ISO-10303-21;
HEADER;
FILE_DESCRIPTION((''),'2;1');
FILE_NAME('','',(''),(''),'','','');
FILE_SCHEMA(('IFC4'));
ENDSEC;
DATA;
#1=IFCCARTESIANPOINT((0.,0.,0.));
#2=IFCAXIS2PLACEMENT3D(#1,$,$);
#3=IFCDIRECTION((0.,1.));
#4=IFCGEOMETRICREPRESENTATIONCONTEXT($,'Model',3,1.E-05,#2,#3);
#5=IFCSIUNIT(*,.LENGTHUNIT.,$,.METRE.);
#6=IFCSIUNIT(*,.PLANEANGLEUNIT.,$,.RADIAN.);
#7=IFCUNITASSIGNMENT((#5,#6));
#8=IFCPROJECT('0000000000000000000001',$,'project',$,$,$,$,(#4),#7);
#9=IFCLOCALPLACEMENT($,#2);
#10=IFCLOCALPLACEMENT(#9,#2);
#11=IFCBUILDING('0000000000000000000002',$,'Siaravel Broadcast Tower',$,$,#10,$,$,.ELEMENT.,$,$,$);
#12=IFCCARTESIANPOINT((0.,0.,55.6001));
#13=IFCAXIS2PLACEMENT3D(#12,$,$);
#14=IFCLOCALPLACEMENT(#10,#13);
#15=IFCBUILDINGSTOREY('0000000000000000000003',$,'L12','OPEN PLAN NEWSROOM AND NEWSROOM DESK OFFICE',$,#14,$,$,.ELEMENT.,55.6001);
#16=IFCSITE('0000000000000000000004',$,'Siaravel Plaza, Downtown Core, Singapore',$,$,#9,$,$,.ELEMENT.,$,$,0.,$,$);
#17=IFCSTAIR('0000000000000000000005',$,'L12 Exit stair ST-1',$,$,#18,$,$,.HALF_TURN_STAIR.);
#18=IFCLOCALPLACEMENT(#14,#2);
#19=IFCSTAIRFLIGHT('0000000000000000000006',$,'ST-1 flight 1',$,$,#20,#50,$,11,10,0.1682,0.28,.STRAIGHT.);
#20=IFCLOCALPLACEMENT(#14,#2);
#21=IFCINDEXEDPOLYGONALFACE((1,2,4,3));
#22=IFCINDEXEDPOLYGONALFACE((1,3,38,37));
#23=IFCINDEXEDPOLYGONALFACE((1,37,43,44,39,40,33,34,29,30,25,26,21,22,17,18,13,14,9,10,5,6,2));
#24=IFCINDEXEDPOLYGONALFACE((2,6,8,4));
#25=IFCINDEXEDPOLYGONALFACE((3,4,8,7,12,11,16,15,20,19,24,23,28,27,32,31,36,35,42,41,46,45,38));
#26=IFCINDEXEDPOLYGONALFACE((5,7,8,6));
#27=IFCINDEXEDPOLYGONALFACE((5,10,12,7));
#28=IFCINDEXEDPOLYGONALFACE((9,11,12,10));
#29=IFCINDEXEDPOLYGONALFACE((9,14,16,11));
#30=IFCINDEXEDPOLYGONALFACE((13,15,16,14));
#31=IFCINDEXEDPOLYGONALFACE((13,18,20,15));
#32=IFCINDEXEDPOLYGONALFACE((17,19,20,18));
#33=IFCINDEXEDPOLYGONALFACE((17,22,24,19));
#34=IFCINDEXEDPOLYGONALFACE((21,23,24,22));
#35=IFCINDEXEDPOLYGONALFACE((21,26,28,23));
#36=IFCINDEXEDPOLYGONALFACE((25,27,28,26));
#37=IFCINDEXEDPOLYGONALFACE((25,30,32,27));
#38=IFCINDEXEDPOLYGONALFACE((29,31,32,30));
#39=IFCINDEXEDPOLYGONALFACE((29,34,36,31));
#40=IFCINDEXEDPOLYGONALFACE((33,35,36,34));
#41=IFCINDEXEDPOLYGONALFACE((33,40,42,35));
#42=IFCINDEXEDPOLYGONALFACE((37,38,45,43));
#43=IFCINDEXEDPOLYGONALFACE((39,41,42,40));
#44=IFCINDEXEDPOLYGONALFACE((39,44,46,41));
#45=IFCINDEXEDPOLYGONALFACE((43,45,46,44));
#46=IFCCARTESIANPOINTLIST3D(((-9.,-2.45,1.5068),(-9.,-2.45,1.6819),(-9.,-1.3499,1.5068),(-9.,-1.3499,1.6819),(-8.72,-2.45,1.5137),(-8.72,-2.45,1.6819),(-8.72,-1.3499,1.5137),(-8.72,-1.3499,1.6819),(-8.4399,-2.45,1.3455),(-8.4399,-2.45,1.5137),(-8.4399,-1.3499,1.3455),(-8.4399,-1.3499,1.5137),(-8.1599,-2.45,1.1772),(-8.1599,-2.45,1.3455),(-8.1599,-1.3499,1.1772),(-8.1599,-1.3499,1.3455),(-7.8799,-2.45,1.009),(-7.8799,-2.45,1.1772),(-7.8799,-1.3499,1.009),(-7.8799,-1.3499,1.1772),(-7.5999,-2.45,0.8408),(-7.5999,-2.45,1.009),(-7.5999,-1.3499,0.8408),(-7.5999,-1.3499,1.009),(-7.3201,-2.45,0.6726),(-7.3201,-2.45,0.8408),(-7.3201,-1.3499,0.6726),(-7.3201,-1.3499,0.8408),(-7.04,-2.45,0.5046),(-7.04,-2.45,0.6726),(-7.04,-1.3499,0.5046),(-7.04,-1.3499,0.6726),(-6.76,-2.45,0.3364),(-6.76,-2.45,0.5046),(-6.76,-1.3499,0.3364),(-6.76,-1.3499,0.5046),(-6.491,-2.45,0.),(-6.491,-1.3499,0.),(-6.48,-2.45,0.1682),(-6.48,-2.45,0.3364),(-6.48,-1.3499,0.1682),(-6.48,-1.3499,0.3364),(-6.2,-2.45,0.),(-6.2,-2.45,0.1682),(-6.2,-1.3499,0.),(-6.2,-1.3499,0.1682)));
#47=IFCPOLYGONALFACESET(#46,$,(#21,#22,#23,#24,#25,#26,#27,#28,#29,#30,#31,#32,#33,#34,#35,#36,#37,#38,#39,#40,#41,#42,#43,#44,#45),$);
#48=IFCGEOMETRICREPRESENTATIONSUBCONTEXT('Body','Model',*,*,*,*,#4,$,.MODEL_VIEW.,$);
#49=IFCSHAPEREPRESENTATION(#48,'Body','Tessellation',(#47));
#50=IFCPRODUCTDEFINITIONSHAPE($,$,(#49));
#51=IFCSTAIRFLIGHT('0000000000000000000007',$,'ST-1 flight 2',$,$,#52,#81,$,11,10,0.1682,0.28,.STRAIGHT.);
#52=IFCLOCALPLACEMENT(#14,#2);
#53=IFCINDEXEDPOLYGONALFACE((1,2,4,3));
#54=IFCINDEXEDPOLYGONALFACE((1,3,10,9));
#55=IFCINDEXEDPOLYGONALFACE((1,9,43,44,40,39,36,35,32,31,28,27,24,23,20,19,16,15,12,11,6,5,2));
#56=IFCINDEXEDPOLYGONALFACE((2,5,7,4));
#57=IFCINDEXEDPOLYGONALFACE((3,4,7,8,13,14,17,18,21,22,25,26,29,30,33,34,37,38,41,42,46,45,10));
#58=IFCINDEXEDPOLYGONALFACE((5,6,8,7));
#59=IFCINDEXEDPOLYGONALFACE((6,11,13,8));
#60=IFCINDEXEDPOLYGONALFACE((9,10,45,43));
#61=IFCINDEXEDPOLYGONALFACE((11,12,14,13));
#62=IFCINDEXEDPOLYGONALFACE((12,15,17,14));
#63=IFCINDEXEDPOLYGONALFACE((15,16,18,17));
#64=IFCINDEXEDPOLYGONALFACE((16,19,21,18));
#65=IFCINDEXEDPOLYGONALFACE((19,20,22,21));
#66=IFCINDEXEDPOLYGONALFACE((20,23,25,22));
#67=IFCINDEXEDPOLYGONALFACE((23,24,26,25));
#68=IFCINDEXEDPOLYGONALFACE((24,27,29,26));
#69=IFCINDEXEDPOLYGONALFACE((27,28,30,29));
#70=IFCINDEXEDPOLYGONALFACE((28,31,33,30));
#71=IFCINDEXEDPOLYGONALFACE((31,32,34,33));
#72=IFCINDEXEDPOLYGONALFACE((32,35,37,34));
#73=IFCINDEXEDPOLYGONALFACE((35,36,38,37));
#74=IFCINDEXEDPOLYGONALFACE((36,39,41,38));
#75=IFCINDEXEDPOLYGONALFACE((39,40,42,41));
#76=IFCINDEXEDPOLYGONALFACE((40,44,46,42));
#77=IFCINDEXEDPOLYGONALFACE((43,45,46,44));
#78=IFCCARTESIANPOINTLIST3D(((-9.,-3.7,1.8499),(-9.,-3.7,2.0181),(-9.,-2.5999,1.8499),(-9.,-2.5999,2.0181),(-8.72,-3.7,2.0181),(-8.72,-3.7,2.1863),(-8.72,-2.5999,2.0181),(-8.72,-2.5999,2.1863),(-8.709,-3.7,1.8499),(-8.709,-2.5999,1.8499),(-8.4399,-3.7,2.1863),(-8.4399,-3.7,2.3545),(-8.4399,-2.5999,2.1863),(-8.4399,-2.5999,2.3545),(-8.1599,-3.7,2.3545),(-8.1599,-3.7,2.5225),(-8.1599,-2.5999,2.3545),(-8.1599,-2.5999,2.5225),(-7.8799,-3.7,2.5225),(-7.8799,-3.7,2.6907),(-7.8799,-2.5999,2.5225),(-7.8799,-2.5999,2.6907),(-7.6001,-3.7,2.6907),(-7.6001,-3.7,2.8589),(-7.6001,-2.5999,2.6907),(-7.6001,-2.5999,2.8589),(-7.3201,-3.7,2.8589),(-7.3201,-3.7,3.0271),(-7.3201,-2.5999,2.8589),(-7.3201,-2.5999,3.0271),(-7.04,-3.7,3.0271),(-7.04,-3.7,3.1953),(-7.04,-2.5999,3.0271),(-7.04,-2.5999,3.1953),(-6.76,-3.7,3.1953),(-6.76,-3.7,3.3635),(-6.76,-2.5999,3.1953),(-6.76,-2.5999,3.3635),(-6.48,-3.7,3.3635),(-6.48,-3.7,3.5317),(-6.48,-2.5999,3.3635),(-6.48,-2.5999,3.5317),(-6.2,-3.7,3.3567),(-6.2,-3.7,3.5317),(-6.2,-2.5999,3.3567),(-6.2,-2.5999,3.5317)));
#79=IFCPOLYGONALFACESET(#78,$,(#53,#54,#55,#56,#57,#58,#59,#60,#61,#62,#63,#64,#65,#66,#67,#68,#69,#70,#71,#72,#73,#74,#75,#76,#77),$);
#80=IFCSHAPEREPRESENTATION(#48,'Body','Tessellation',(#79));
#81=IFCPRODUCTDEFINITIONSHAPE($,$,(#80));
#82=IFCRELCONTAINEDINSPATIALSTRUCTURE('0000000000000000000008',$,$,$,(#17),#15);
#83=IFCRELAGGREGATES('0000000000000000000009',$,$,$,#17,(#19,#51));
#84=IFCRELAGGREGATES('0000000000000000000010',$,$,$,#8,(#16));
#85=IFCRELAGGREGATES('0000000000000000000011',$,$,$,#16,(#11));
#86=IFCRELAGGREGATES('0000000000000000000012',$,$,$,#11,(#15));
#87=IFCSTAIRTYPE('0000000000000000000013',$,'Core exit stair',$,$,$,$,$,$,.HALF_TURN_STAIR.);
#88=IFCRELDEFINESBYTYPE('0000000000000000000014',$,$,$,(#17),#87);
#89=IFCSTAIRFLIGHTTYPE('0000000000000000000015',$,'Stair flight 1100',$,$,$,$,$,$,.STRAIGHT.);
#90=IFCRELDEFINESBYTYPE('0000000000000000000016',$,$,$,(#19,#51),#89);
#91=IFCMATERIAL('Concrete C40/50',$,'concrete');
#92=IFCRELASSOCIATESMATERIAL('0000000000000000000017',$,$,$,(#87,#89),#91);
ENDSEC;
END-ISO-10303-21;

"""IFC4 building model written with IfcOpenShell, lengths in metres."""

from ifc_helpers import new_model, si_unit, direction, frame, origin, place, context, subcontext, project, spatial, polyline, outline, extrude, material, type_object, element, aggregate, save


model = new_model("IFC4")

# Units and contexts
model_context = context("Model", 3, precision=1e-05, world=origin(), true_north=direction((0.0, 1.0)))
body_context = subcontext(model_context, "Body", "Model", "MODEL_VIEW")
ifc_project = project(units=[si_unit("LENGTHUNIT", "METRE"), si_unit("PLANEANGLEUNIT", "RADIAN")], contexts=[model_context])

# Site, building, storey
site_placement = place(None, origin())
site = spatial("IfcSite", under=ifc_project, at=site_placement, Name="Siaravel Plaza, Downtown Core, Singapore", CompositionType="ELEMENT", RefElevation=0.0)
building_placement = place(site_placement, origin())
building = spatial("IfcBuilding", under=site, at=building_placement, Name="Siaravel Broadcast Tower", CompositionType="ELEMENT")
storey_placement = place(building_placement, frame((0.0, 0.0, 55.6001)))
storey = spatial("IfcBuildingStorey", under=building, at=storey_placement, Name="L12", Description="OPEN PLAN NEWSROOM AND NEWSROOM DESK OFFICE", CompositionType="ELEMENT", Elevation=55.6001)

# Stair, stair flights
ifc_material_1 = material(Name="Concrete C40/50", Category="concrete")
stair_type = type_object("IfcStairType", Name="Core exit stair", PredefinedType="HALF_TURN_STAIR", material=ifc_material_1)
stair_placement = place(storey_placement, origin())
stair = element("IfcStair", 1, at=stair_placement, inside=storey, type_object=stair_type, Name="L12 Exit stair ST-1", PredefinedType="HALF_TURN_STAIR")
stair_flight_type = type_object("IfcStairFlightType", Name="Stair flight 1100", PredefinedType="STRAIGHT", material=ifc_material_1)
stair_flight_1_placement = place(storey_placement, frame((-6.2, -1.8999, 0.0), z_axis=(0.0, 0.0, 1.0), x_axis=(-1.0, 0.0, 0.0)))
stair_flight_1 = element("IfcStairFlight", 2, at=stair_flight_1_placement, type_object=stair_flight_type, Name="ST-1 flight 1", NumberOfRisers=11, NumberOfTreads=10, PredefinedType="STRAIGHT", RiserHeight=0.1682, TreadLength=0.28, context=body_context, shape_type="SweptSolid", body=[
    extrude(outline(polyline([(0.0, 0.0), (0.0, 0.1682), (0.28, 0.1682), (0.28, 0.3364), (0.5601, 0.3364), (0.5601, 0.5046), (0.8401, 0.5046), (0.8401, 0.6726), (1.1201, 0.6726), (1.1201, 0.8408), (1.3999, 0.8408), (1.3999, 1.009), (1.6799, 1.009), (1.6799, 1.1772), (1.96, 1.1772), (1.96, 1.3455), (2.24, 1.3455), (2.24, 1.5137), (2.52, 1.5137), (2.52, 1.6819), (2.8, 1.6819), (2.8, 1.8501), (2.8, 1.5068), (0.291, 0.0), (0.0, 0.0)])), frame((0.0, 0.55, 0.0), z_axis=(0.0, -1.0, 0.0), x_axis=(1.0, 0.0, 0.0)), (0.0, 0.0, 1.0), 1.1001),
])
stair_flight_2_placement = place(storey_placement, frame((-9.0, -3.1499, 1.8499), z_axis=(0.0, 0.0, 1.0), x_axis=(1.0, 0.0, 0.0)))
stair_flight_2 = element("IfcStairFlight", 3, at=stair_flight_2_placement, type_object=stair_flight_type, Name="ST-1 flight 2", NumberOfRisers=11, NumberOfTreads=10, PredefinedType="STRAIGHT", RiserHeight=0.1682, TreadLength=0.28, context=body_context, shape_type="SweptSolid", body=[
    extrude(outline(polyline([(0.0, 0.0), (0.0, 0.1682), (0.28, 0.1682), (0.28, 0.3364), (0.5601, 0.3364), (0.5601, 0.5046), (0.8401, 0.5046), (0.8401, 0.6726), (1.1201, 0.6726), (1.1201, 0.8408), (1.3999, 0.8408), (1.3999, 1.009), (1.6799, 1.009), (1.6799, 1.1772), (1.96, 1.1772), (1.96, 1.3455), (2.24, 1.3455), (2.24, 1.5137), (2.52, 1.5137), (2.52, 1.6819), (2.8, 1.6819), (2.8, 1.8501), (2.8, 1.5068), (0.291, 0.0), (0.0, 0.0)])), frame((0.0, 0.55, 0.0), z_axis=(0.0, -1.0, 0.0), x_axis=(1.0, 0.0, 0.0)), (0.0, 0.0, 1.0), 1.1001),
])
aggregate(stair, [stair_flight_1, stair_flight_2])

save(model, "model.ifc")
